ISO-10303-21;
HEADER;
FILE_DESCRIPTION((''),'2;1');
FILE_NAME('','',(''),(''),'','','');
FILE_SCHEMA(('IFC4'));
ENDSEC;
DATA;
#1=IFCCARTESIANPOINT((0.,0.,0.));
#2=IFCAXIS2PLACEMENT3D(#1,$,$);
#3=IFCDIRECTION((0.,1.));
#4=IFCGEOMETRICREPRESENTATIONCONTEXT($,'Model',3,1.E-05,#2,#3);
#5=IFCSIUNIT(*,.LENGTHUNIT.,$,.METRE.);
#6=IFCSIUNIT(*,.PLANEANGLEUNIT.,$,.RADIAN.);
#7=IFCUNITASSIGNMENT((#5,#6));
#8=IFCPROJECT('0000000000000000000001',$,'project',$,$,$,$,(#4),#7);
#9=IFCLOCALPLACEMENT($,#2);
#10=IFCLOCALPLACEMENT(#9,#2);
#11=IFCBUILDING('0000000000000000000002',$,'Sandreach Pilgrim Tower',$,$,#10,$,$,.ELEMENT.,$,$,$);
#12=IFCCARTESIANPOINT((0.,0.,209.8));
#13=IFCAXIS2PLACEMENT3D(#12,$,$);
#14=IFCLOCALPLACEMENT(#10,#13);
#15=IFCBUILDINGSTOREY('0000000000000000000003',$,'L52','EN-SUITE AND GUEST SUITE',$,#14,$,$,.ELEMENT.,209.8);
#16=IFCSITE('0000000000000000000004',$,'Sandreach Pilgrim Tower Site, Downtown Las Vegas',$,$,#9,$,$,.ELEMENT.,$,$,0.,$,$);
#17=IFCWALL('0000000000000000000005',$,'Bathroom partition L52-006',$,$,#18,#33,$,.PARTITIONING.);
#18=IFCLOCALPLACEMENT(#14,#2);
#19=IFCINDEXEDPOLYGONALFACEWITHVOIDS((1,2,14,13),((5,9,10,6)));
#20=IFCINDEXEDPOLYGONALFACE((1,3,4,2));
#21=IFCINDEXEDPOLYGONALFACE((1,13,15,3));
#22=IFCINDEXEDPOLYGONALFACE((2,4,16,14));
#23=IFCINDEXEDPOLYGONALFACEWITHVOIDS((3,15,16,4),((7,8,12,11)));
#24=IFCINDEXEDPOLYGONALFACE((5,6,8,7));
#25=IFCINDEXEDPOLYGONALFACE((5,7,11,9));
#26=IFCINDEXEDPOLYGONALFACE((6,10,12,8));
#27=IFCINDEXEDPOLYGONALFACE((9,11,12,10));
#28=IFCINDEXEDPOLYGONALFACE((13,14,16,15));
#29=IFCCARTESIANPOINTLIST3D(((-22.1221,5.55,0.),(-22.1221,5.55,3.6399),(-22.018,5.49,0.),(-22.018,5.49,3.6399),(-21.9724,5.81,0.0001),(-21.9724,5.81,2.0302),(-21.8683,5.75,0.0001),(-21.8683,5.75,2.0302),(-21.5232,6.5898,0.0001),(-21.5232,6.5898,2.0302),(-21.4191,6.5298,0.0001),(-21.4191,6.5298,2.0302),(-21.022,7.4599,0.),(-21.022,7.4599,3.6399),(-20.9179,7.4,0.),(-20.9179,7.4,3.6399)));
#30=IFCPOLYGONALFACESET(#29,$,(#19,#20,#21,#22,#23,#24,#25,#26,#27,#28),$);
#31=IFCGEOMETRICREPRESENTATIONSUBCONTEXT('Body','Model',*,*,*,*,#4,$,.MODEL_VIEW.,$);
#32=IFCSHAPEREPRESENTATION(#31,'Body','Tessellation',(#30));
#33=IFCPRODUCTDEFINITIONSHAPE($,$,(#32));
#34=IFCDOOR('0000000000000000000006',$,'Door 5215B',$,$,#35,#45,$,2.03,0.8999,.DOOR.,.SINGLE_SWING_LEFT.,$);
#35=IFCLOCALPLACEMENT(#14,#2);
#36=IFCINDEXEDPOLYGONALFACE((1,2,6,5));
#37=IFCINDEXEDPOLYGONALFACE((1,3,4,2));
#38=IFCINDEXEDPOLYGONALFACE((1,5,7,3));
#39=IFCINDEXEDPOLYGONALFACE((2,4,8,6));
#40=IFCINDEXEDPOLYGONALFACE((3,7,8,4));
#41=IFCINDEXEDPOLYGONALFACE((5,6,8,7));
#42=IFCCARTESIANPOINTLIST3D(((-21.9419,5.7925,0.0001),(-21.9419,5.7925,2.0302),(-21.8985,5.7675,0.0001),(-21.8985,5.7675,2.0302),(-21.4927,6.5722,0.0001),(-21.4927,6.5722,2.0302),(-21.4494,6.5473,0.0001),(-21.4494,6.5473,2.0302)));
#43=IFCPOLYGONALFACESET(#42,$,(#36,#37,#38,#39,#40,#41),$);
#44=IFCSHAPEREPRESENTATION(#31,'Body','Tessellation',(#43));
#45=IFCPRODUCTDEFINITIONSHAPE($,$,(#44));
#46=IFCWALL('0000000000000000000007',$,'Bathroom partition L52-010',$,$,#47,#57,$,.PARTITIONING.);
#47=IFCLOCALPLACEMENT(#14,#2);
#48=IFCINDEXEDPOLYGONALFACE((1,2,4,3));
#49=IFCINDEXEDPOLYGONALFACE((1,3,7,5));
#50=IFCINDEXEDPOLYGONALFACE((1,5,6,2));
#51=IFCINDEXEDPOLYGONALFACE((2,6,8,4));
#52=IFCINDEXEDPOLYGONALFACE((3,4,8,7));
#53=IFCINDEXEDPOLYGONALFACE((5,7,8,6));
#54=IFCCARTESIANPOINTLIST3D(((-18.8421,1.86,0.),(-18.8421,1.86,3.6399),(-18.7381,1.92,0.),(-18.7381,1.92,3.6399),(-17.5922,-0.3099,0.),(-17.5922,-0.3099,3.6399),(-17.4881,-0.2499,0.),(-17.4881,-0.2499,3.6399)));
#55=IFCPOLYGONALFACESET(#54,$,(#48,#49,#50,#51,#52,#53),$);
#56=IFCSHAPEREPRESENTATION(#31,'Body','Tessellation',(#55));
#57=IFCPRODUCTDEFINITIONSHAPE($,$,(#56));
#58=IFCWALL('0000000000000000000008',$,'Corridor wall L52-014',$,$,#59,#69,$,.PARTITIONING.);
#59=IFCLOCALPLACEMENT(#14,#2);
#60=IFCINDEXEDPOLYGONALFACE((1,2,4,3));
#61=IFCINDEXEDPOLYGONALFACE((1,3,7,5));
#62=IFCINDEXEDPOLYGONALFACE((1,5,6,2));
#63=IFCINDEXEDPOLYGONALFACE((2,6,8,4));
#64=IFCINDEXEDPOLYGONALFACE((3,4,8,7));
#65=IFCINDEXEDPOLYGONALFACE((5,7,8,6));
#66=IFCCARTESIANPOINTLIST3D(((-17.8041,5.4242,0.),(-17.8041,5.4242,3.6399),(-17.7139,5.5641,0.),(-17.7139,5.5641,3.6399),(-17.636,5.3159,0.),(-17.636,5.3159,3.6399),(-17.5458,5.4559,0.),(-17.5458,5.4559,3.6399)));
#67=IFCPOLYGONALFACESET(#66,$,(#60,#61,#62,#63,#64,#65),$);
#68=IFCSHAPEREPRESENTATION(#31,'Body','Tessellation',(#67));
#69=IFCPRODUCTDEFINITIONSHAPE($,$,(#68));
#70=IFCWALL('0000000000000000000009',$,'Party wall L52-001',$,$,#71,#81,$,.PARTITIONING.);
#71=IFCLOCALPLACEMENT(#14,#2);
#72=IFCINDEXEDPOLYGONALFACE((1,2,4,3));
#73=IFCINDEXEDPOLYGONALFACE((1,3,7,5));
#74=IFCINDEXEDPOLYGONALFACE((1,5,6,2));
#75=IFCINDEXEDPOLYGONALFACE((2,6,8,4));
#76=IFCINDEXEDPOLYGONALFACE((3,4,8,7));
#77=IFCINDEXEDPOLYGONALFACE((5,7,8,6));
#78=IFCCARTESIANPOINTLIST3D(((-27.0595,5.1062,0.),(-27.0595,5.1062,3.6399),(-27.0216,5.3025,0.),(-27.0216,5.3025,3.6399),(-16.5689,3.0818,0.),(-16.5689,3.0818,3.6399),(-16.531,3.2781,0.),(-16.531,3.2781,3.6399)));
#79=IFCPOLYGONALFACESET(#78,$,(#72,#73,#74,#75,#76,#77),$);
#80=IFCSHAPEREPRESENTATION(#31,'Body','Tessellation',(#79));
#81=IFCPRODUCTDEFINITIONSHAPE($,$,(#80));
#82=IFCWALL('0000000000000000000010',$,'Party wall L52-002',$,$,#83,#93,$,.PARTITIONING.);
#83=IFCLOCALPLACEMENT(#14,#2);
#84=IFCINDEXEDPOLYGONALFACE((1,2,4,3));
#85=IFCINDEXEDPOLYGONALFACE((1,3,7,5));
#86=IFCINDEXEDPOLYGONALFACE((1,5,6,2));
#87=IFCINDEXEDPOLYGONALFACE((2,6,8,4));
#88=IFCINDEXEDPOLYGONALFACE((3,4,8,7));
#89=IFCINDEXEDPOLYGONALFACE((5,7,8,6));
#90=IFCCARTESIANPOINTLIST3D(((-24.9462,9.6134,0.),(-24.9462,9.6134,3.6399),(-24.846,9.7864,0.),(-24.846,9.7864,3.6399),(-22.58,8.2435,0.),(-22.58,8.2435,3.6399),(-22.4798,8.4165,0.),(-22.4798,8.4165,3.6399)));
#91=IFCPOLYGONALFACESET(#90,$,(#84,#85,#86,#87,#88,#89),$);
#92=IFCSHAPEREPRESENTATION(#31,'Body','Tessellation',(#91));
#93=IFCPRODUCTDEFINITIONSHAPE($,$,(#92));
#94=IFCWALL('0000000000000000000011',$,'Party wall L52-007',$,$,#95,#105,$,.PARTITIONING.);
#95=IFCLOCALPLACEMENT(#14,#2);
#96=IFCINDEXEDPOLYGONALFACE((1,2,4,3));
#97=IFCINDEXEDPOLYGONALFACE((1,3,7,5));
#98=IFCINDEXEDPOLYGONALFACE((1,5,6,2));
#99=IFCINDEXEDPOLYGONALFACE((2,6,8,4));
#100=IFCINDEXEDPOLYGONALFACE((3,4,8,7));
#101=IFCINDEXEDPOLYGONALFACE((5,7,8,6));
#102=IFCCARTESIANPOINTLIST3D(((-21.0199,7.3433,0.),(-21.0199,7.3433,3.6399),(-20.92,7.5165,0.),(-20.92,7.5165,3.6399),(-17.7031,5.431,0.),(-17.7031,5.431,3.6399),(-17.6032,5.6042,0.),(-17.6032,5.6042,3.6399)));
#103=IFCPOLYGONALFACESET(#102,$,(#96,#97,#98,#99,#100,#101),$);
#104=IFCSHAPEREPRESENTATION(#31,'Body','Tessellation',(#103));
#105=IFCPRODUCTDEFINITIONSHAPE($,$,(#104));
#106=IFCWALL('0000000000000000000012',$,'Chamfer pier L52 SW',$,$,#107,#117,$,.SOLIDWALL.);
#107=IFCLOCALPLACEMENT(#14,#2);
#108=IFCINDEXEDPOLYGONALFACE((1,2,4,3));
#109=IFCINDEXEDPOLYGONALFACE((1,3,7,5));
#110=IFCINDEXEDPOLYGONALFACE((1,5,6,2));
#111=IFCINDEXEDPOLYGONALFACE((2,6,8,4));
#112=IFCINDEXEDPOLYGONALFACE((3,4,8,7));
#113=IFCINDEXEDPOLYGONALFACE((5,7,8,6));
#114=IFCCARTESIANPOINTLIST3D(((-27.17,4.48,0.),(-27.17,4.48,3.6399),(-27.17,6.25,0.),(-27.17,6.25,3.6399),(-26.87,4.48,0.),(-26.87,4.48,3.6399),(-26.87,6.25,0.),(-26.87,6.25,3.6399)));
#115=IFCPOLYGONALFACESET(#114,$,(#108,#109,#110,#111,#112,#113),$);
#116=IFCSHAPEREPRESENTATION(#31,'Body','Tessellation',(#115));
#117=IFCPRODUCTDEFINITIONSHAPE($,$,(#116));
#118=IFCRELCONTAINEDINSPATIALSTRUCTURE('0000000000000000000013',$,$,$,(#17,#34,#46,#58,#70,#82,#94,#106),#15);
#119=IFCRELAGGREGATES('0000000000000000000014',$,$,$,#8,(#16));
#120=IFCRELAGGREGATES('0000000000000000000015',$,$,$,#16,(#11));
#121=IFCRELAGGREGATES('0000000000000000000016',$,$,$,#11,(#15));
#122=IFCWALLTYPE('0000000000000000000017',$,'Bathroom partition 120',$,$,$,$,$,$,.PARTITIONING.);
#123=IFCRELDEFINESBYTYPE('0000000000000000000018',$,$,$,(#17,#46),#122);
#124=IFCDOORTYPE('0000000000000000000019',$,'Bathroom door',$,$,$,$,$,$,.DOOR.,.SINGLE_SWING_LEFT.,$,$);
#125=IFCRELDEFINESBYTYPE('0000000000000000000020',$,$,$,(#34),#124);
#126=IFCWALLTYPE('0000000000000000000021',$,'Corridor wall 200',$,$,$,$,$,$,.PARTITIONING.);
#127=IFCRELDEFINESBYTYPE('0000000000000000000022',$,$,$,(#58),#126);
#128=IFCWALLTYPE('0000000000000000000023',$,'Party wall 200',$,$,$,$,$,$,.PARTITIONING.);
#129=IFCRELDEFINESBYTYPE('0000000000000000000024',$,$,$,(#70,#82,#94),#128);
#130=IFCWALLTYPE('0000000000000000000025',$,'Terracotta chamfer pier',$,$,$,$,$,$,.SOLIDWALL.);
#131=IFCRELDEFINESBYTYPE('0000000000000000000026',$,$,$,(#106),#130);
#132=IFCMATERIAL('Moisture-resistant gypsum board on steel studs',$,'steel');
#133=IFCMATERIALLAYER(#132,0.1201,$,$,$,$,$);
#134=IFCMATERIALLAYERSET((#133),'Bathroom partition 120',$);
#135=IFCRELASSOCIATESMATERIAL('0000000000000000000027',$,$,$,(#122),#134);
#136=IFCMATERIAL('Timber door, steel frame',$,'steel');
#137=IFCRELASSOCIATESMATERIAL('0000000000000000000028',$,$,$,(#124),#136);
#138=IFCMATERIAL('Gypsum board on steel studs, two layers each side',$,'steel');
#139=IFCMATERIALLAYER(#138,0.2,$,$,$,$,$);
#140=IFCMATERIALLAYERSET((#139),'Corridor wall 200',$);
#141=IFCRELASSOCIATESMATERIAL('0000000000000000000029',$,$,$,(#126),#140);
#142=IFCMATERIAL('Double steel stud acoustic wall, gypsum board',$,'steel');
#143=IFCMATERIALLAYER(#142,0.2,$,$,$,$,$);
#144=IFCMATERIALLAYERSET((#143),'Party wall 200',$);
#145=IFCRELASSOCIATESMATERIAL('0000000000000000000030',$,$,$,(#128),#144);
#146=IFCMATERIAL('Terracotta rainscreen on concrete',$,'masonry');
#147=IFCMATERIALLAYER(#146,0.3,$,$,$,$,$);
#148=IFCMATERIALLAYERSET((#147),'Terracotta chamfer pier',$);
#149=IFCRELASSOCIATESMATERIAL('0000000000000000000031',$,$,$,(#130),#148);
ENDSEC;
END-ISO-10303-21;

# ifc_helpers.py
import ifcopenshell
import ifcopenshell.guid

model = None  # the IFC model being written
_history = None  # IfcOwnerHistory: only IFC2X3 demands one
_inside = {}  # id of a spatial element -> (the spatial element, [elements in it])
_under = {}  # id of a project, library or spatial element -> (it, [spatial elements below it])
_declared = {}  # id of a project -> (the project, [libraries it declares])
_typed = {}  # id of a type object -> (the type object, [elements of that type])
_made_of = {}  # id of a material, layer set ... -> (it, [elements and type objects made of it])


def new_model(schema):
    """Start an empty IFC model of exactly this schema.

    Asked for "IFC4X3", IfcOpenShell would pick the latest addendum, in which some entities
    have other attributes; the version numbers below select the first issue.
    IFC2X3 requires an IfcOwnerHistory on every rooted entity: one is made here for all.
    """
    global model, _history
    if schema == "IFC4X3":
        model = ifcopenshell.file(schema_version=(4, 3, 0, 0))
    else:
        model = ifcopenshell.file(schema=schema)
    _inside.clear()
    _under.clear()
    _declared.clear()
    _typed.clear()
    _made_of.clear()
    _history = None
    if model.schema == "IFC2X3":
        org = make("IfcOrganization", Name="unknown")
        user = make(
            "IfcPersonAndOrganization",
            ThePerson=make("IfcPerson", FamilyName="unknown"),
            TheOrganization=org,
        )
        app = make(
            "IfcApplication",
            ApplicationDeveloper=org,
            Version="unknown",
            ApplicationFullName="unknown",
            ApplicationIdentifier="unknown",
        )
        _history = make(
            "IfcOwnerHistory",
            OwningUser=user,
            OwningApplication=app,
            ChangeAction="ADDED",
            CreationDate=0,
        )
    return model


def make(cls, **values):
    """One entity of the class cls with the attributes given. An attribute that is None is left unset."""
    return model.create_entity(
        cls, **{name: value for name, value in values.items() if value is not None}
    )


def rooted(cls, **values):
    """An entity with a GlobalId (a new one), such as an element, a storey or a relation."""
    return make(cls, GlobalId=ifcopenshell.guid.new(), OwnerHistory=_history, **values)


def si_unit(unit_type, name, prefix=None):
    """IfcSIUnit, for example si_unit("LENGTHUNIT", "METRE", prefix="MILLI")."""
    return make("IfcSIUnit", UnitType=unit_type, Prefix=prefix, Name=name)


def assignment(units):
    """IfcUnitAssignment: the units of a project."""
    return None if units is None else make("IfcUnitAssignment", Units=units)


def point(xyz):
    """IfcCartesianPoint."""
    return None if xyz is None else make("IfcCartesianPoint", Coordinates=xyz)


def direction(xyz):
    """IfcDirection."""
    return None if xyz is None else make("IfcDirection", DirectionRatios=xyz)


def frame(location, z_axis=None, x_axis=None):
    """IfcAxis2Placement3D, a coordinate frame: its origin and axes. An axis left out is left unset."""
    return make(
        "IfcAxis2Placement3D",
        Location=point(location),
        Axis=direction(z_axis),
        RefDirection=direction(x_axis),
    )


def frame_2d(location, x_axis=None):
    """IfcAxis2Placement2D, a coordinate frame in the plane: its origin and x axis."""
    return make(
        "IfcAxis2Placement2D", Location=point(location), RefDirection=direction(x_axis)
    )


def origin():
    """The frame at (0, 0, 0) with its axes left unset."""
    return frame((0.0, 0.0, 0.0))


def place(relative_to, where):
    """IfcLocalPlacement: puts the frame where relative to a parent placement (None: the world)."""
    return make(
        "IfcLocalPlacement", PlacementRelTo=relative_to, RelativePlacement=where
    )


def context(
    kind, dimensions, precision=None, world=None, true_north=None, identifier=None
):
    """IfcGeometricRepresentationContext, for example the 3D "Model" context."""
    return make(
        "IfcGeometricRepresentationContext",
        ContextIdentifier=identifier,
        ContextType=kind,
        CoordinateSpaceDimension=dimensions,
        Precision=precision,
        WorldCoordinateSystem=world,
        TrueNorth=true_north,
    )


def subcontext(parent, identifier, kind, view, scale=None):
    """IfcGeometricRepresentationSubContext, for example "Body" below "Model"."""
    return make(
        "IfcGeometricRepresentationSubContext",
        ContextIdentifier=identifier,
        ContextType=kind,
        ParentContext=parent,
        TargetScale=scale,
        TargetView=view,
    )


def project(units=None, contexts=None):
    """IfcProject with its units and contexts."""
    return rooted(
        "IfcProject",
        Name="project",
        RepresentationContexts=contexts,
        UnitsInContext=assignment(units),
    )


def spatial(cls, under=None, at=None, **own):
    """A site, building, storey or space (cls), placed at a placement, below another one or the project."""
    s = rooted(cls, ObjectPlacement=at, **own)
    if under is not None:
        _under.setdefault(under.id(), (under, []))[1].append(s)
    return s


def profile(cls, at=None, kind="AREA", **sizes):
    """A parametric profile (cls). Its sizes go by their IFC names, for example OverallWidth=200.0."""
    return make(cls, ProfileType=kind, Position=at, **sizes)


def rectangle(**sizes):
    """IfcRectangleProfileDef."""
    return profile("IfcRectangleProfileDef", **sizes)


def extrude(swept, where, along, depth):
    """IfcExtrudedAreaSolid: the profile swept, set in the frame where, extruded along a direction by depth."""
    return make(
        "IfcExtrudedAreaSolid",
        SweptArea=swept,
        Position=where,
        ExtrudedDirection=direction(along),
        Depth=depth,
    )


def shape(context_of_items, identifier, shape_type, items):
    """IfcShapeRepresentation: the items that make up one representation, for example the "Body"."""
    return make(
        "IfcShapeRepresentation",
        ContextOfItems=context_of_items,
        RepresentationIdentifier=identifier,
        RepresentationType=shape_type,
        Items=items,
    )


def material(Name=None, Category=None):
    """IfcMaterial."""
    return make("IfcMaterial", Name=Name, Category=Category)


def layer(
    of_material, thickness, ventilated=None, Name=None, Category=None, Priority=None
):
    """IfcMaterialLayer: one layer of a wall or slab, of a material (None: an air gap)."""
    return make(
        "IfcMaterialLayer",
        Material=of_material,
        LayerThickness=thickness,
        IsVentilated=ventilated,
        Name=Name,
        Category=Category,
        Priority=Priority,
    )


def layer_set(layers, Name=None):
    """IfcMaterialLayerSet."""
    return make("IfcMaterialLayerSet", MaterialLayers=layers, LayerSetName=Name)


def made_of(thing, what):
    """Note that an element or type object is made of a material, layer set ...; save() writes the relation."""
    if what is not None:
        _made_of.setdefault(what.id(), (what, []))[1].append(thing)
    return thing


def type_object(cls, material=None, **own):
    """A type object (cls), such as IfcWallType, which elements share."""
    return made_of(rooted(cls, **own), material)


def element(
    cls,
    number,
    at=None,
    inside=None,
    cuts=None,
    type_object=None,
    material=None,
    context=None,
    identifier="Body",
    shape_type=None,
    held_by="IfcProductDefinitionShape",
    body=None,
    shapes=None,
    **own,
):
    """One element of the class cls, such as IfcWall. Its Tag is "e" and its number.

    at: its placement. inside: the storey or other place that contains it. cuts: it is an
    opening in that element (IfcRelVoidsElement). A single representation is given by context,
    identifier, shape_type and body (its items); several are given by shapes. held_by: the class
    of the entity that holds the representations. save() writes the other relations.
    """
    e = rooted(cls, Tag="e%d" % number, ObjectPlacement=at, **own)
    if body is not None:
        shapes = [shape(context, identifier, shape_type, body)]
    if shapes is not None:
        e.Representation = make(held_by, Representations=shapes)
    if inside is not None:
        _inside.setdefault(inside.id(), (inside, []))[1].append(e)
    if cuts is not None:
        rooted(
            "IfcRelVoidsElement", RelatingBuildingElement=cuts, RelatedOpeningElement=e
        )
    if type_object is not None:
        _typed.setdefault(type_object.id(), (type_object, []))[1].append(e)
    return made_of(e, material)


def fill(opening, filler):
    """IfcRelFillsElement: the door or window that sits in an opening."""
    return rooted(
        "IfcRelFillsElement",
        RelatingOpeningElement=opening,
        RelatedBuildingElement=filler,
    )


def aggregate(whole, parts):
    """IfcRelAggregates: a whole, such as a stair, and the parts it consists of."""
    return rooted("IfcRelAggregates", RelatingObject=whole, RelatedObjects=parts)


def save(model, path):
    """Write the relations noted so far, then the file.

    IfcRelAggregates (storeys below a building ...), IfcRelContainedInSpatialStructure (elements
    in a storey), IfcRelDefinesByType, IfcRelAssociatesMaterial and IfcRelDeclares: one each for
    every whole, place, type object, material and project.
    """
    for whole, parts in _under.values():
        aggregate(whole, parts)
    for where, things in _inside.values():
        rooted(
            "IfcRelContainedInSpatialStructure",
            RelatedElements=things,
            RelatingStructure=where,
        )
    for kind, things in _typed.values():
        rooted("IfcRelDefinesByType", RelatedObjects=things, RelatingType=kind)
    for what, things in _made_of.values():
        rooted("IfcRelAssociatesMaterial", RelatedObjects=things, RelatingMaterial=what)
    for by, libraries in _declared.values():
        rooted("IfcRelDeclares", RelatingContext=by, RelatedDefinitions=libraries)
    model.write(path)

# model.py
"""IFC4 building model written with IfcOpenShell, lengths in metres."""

from ifc_helpers import new_model, si_unit, direction, frame, frame_2d, origin, place, context, subcontext, project, spatial, rectangle, extrude, material, layer, layer_set, type_object, element, fill, save


model = new_model("IFC4")

# Units and contexts
model_context = context("Model", 3, precision=1e-05, world=origin(), true_north=direction((0.0, 1.0)))
body_context = subcontext(model_context, "Body", "Model", "MODEL_VIEW")
ifc_project = project(units=[si_unit("LENGTHUNIT", "METRE"), si_unit("PLANEANGLEUNIT", "RADIAN")], contexts=[model_context])

# Site, building, storey
site_placement = place(None, origin())
site = spatial("IfcSite", under=ifc_project, at=site_placement, Name="Sandreach Pilgrim Tower Site, Downtown Las Vegas", CompositionType="ELEMENT", RefElevation=0.0)
building_placement = place(site_placement, origin())
building = spatial("IfcBuilding", under=site, at=building_placement, Name="Sandreach Pilgrim Tower", CompositionType="ELEMENT")
storey_placement = place(building_placement, frame((0.0, 0.0, 209.8)))
storey = spatial("IfcBuildingStorey", under=building, at=storey_placement, Name="L52", Description="EN-SUITE AND GUEST SUITE", CompositionType="ELEMENT", Elevation=209.8)

# Shared definitions
ifc_material_1 = material(Name="Moisture-resistant gypsum board on steel studs", Category="steel")
ifc_layer_1 = layer(ifc_material_1, 0.1201)
ifc_layer_set_1 = layer_set([ifc_layer_1], Name="Bathroom partition 120")
wall_type_1 = type_object("IfcWallType", Name="Bathroom partition 120", PredefinedType="PARTITIONING", material=ifc_layer_set_1)

# Wall, opening, door
wall_1_placement = place(storey_placement, frame((-22.0701, 5.52, 0.0), z_axis=(0.0, 0.0, 1.0), x_axis=(0.499118, 0.866534, 0.0)))
wall_1 = element("IfcWall", 1, at=wall_1_placement, inside=storey, type_object=wall_type_1, Name="Bathroom partition L52-006", PredefinedType="PARTITIONING", context=body_context, shape_type="SweptSolid", body=[
    extrude(rectangle(XDim=2.2041, YDim=0.1201, at=frame_2d((1.1021, 0.0))), origin(), (0.0, 0.0, 1.0), 3.6399),
])
opening_1_placement = place(wall_1_placement, frame((0.3, 0.0, 0.0)))
opening_1 = element("IfcOpeningElement", 2, at=opening_1_placement, cuts=wall_1, PredefinedType="OPENING", context=body_context, shape_type="SweptSolid", body=[
    extrude(rectangle(XDim=0.8999, YDim=2.03, at=frame_2d((0.45, 1.0151))), frame((0.0, 0.0601, 0.0), z_axis=(0.0, -1.0, 0.0), x_axis=(1.0, 0.0, 0.0)), (0.0, 0.0, 1.0), 0.1201),
])
ifc_material_2 = material(Name="Timber door, steel frame", Category="steel")
door_type_1 = type_object("IfcDoorType", Name="Bathroom door", OperationType="SINGLE_SWING_LEFT", PredefinedType="DOOR", material=ifc_material_2)
door_1_placement = place(opening_1_placement, origin())
door_1 = element("IfcDoor", 3, at=door_1_placement, inside=storey, type_object=door_type_1, Name="Door 5215B", OperationType="SINGLE_SWING_LEFT", OverallHeight=2.03, OverallWidth=0.8999, PredefinedType="DOOR", context=body_context, shape_type="SweptSolid", body=[
    extrude(rectangle(XDim=0.8999, YDim=2.03, at=frame_2d((0.45, 1.0151))), frame((0.0, 0.0249, 0.0), z_axis=(0.0, -1.0, 0.0), x_axis=(1.0, 0.0, 0.0)), (0.0, 0.0, 1.0), 0.05),
])
fill(opening_1, door_1)

# Wall
wall_2_placement = place(storey_placement, frame((-18.79, 1.8899, 0.0), z_axis=(0.0, 0.0, 1.0), x_axis=(0.49916, -0.86651, 0.0)))
element("IfcWall", 4, at=wall_2_placement, inside=storey, type_object=wall_type_1, Name="Bathroom partition L52-010", PredefinedType="PARTITIONING", context=body_context, shape_type="SweptSolid", body=[
    extrude(rectangle(XDim=2.5042, YDim=0.1201, at=frame_2d((1.252, 0.0))), origin(), (0.0, 0.0, 1.0), 3.6399),
])

# Shared definitions
ifc_material_3 = material(Name="Gypsum board on steel studs, two layers each side", Category="steel")
ifc_layer_2 = layer(ifc_material_3, 0.2)
ifc_layer_set_2 = layer_set([ifc_layer_2], Name="Corridor wall 200")
wall_type_2 = type_object("IfcWallType", Name="Corridor wall 200", PredefinedType="PARTITIONING", material=ifc_layer_set_2)

# Walls
wall_3_placement = place(storey_placement, frame((-17.6299, 5.51, 0.0), z_axis=(0.0, 0.0, 1.0), x_axis=(-0.541425, -0.840749, 0.0)))
element("IfcWall", 5, at=wall_3_placement, inside=storey, type_object=wall_type_2, Name="Corridor wall L52-014", PredefinedType="PARTITIONING", context=body_context, shape_type="SweptSolid", body=[
    extrude(rectangle(XDim=0.1665, YDim=0.2, at=frame_2d((0.0833, 0.0))), origin(), (0.0, 0.0, 1.0), 3.6399),
])
ifc_material_4 = material(Name="Double steel stud acoustic wall, gypsum board", Category="steel")
ifc_layer_3 = layer(ifc_material_4, 0.2)
ifc_layer_set_3 = layer_set([ifc_layer_3], Name="Party wall 200")
wall_type_3 = type_object("IfcWallType", Name="Party wall 200", PredefinedType="PARTITIONING", material=ifc_layer_set_3)
wall_4_placement = place(storey_placement, frame((-27.0405, 5.2043, 0.0), z_axis=(0.0, 0.0, 1.0), x_axis=(0.981884, -0.18948, 0.0)))
element("IfcWall", 6, at=wall_4_placement, inside=storey, type_object=wall_type_3, Name="Party wall L52-001", PredefinedType="PARTITIONING", context=body_context, shape_type="SweptSolid", body=[
    extrude(rectangle(XDim=10.6841, YDim=0.2, at=frame_2d((5.342, 0.0))), origin(), (0.0, 0.0, 1.0), 3.6399),
])
wall_5_placement = place(storey_placement, frame((-24.8962, 9.7, 0.0), z_axis=(0.0, 0.0, 1.0), x_axis=(0.865432, -0.501026, 0.0)))
element("IfcWall", 7, at=wall_5_placement, inside=storey, type_object=wall_type_3, Name="Party wall L52-002", PredefinedType="PARTITIONING", context=body_context, shape_type="SweptSolid", body=[
    extrude(rectangle(XDim=2.7341, YDim=0.2, at=frame_2d((1.3672, 0.0))), origin(), (0.0, 0.0, 1.0), 3.6399),
])
wall_6_placement = place(storey_placement, frame((-20.97, 7.4299, 0.0), z_axis=(0.0, 0.0, 1.0), x_axis=(0.866326, -0.49948, 0.0)))
element("IfcWall", 8, at=wall_6_placement, inside=storey, type_object=wall_type_3, Name="Party wall L52-007", PredefinedType="PARTITIONING", context=body_context, shape_type="SweptSolid", body=[
    extrude(rectangle(XDim=3.8286, YDim=0.2, at=frame_2d((1.9143, 0.0))), origin(), (0.0, 0.0, 1.0), 3.6399),
])
ifc_material_5 = material(Name="Terracotta rainscreen on concrete", Category="masonry")
ifc_layer_4 = layer(ifc_material_5, 0.3)
ifc_layer_set_4 = layer_set([ifc_layer_4], Name="Terracotta chamfer pier")
wall_type_4 = type_object("IfcWallType", Name="Terracotta chamfer pier", PredefinedType="SOLIDWALL", material=ifc_layer_set_4)
wall_7_placement = place(storey_placement, frame((-27.02, 4.48, 0.0), z_axis=(0.0, 0.0, 1.0), x_axis=(0.0, 1.0, 0.0)))
element("IfcWall", 9, at=wall_7_placement, inside=storey, type_object=wall_type_4, Name="Chamfer pier L52 SW", PredefinedType="SOLIDWALL", context=body_context, shape_type="SweptSolid", body=[
    extrude(rectangle(XDim=1.77, YDim=0.3, at=frame_2d((0.885, 0.0))), origin(), (0.0, 0.0, 1.0), 3.6399),
])

save(model, "model.ifc")
